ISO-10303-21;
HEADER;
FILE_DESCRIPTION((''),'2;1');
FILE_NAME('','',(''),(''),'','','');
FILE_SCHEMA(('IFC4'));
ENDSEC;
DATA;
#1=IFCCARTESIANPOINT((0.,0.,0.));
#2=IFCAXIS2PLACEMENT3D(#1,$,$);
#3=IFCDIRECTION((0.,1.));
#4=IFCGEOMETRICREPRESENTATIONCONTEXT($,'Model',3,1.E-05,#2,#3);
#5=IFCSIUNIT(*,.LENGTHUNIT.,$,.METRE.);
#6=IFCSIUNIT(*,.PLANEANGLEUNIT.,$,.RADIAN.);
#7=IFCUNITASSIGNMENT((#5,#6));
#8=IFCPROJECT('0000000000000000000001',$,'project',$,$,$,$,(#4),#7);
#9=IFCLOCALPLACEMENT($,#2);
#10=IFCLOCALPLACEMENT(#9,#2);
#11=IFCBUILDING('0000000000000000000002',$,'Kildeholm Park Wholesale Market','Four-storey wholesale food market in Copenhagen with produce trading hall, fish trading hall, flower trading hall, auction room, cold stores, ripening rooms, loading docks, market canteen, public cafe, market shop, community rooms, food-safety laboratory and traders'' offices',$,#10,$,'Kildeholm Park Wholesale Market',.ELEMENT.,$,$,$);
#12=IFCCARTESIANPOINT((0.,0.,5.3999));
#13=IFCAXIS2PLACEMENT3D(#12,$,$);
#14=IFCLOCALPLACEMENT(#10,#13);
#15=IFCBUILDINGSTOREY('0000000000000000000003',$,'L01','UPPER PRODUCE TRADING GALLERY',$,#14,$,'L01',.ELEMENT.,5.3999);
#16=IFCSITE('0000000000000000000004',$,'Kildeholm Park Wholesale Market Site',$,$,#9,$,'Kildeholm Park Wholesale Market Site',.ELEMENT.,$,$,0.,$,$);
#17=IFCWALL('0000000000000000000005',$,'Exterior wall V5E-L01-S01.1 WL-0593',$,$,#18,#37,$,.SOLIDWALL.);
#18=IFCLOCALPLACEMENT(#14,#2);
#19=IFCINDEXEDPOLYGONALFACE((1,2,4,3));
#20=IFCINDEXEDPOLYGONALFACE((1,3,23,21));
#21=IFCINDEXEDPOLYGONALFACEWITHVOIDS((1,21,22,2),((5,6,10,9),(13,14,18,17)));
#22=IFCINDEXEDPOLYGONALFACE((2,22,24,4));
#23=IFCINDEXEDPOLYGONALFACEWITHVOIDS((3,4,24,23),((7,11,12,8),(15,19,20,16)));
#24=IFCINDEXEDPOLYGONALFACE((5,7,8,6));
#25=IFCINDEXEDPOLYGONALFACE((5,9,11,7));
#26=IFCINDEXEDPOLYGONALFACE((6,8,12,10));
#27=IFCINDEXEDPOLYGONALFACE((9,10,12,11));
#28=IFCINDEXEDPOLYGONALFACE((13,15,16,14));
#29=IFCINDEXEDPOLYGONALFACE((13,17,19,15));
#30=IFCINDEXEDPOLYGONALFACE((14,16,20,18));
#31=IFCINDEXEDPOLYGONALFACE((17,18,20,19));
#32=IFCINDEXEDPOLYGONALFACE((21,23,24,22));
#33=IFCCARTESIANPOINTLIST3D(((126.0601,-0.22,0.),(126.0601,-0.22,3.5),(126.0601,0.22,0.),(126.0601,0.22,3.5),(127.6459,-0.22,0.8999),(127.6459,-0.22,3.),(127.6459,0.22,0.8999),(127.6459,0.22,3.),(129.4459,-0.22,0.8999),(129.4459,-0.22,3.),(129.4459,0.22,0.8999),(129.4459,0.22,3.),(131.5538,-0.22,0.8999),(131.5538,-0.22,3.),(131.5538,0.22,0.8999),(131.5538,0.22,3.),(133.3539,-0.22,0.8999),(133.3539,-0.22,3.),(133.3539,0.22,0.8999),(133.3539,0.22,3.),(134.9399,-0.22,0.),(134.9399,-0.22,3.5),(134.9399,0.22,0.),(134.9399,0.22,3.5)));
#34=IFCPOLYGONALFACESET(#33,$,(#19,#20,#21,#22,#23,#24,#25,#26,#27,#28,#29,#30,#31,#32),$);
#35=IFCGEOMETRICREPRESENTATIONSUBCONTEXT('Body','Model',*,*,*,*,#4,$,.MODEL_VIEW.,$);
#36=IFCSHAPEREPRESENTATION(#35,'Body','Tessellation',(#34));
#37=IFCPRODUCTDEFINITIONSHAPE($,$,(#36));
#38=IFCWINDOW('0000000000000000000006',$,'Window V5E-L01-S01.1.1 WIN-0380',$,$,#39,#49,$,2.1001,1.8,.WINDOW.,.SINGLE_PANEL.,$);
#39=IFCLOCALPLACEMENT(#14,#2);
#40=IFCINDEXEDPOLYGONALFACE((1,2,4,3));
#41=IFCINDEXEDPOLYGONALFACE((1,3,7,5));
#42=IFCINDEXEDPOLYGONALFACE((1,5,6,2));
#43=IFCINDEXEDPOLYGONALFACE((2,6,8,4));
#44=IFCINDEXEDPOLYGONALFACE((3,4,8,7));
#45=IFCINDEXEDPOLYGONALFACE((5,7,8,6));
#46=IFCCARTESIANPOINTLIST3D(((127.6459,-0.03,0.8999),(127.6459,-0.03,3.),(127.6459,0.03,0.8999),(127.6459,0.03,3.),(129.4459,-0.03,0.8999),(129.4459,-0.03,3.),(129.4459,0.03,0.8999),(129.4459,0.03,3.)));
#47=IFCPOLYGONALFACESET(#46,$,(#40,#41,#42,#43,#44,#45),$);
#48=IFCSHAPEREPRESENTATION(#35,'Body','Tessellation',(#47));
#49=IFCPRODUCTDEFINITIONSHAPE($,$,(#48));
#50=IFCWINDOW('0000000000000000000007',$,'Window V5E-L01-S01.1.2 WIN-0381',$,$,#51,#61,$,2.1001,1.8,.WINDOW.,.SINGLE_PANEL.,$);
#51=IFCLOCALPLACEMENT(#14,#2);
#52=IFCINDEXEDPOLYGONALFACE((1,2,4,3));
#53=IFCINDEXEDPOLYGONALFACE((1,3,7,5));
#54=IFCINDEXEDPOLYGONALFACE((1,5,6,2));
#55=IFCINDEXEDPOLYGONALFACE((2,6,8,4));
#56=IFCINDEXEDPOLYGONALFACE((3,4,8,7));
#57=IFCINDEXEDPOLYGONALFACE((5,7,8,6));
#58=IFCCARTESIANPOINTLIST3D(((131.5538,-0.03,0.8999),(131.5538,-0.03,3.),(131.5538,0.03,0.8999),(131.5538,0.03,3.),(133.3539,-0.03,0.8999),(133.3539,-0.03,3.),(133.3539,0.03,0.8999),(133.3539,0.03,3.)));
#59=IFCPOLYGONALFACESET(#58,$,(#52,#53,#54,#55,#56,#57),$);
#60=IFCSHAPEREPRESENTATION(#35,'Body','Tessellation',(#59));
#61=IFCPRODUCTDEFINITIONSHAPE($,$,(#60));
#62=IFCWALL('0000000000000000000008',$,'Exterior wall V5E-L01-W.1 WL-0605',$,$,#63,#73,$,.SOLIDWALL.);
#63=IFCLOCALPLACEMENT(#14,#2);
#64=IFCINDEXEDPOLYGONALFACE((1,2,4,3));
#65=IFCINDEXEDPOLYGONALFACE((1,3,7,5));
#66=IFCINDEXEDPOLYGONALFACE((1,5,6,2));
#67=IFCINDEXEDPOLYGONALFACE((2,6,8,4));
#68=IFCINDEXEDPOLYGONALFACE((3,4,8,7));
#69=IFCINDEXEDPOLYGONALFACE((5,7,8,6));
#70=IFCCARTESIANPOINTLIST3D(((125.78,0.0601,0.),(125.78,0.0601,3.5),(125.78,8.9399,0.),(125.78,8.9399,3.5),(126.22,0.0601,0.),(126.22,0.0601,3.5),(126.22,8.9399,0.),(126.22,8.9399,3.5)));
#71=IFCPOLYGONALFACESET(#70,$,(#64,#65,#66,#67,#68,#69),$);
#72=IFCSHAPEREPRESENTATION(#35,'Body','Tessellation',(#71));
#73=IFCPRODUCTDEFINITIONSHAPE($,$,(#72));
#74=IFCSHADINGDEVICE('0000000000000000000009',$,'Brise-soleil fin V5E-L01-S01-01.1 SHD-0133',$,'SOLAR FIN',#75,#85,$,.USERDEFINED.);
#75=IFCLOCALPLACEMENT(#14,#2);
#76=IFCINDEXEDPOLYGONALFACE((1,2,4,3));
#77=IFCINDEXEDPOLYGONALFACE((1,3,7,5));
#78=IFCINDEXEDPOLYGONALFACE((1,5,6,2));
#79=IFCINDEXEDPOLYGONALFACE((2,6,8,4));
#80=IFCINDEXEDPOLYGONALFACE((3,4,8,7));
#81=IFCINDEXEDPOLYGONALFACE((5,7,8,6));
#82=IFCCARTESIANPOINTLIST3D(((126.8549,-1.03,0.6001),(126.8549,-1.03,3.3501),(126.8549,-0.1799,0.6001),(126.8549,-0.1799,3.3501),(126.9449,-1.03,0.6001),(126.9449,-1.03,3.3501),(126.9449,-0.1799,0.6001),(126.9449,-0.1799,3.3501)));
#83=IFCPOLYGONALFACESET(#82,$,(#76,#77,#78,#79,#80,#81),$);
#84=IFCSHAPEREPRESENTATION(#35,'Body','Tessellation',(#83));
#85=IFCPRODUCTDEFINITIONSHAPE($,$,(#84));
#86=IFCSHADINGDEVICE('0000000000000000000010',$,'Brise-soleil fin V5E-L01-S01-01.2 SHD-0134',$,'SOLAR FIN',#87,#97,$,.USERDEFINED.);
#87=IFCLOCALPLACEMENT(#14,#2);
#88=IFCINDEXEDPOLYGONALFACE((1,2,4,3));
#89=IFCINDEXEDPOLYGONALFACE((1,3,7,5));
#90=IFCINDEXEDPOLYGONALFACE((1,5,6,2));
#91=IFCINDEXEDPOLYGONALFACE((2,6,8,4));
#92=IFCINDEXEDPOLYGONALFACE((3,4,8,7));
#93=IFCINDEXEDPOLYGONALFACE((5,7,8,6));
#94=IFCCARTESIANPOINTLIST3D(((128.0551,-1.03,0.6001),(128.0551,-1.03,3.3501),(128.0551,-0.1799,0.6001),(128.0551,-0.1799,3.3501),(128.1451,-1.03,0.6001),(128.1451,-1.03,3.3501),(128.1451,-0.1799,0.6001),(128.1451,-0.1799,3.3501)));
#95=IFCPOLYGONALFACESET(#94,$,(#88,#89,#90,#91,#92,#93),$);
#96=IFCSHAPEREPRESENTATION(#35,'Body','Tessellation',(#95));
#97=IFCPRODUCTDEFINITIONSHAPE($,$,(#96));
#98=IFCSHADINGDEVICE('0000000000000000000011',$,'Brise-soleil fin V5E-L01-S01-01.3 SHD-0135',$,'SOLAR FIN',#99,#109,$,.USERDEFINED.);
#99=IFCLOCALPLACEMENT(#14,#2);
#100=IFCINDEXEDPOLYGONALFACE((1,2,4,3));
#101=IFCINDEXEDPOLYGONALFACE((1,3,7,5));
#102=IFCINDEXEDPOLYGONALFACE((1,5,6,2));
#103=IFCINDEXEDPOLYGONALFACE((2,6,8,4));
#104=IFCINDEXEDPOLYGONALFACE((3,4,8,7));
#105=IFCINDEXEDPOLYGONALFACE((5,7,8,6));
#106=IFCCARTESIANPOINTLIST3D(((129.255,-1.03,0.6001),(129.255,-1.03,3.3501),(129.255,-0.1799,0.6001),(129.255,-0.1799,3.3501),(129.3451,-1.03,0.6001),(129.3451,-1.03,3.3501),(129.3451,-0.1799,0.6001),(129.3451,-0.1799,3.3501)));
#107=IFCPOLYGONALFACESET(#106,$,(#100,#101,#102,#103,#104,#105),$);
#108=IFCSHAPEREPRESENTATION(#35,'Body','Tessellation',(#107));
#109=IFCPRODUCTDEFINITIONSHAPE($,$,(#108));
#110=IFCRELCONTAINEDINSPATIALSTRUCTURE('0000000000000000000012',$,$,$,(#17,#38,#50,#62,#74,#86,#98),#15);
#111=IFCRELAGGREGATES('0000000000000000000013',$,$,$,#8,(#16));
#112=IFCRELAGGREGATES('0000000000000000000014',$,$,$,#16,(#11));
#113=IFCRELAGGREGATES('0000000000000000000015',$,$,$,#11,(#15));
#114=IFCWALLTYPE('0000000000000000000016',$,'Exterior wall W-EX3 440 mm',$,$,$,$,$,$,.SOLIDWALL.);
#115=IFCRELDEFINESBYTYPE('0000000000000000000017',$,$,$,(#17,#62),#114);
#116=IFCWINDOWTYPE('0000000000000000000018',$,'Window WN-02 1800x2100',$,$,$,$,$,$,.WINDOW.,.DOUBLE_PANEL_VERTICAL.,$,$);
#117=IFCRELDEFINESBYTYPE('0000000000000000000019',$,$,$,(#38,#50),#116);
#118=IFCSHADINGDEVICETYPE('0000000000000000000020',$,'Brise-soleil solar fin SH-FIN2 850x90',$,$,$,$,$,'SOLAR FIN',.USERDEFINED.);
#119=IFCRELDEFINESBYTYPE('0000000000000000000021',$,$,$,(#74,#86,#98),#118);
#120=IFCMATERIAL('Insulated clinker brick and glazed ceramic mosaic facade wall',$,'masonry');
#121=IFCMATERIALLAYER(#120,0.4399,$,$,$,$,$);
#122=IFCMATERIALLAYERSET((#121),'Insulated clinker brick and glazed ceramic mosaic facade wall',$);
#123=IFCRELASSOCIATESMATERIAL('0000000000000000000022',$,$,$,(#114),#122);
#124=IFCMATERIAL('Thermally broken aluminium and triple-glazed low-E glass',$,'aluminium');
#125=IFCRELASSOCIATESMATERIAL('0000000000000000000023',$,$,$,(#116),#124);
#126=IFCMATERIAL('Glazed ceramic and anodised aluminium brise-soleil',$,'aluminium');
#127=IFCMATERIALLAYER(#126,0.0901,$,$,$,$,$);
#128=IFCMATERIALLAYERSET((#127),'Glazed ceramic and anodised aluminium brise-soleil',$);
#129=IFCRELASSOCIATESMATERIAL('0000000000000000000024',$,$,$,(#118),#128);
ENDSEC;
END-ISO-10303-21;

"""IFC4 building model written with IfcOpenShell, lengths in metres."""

from ifc_helpers import new_model, si_unit, direction, frame, frame_2d, origin, origin_2d, place, context, subcontext, project, spatial, rectangle, extrude, material, layer, layer_set, type_object, element, fill, save


model = new_model("IFC4")

# Units and contexts
model_context = context("Model", 3, precision=1e-05, world=origin(), true_north=direction((0.0, 1.0)))
body_context = subcontext(model_context, "Body", "Model", "MODEL_VIEW")
ifc_project = project(units=[si_unit("LENGTHUNIT", "METRE"), si_unit("PLANEANGLEUNIT", "RADIAN")], contexts=[model_context])

# Site, building, storey
site_placement = place(None, origin())
site = spatial("IfcSite", under=ifc_project, at=site_placement, Name="Kildeholm Park Wholesale Market Site", LongName="Kildeholm Park Wholesale Market Site", CompositionType="ELEMENT", RefElevation=0.0)
building_placement = place(site_placement, origin())
building = spatial("IfcBuilding", under=site, at=building_placement, Name="Kildeholm Park Wholesale Market", Description="Four-storey wholesale food market in Copenhagen with produce trading hall, fish trading hall, flower trading hall, auction room, cold stores, ripening rooms, loading docks, market canteen, public cafe, market shop, community rooms, food-safety laboratory and traders' offices", LongName="Kildeholm Park Wholesale Market", CompositionType="ELEMENT")
storey_placement = place(building_placement, frame((0.0, 0.0, 5.3999)))
storey = spatial("IfcBuildingStorey", under=building, at=storey_placement, Name="L01", Description="UPPER PRODUCE TRADING GALLERY", LongName="L01", CompositionType="ELEMENT", Elevation=5.3999)

# Wall, openings, windows
ifc_material_1 = material(Name="Insulated clinker brick and glazed ceramic mosaic facade wall", Category="masonry")
ifc_layer_1 = layer(ifc_material_1, 0.4399)
ifc_layer_set_1 = layer_set([ifc_layer_1], Name="Insulated clinker brick and glazed ceramic mosaic facade wall")
wall_type = type_object("IfcWallType", Name="Exterior wall W-EX3 440 mm", PredefinedType="SOLIDWALL", material=ifc_layer_set_1)
wall_1_placement = place(storey_placement, frame((126.0601, 0.0, 0.0), z_axis=(0.0, 0.0, 1.0), x_axis=(1.0, 0.0, 0.0)))
wall_1 = element("IfcWall", 1, at=wall_1_placement, inside=storey, type_object=wall_type, Name="Exterior wall V5E-L01-S01.1 WL-0593", PredefinedType="SOLIDWALL", context=body_context, shape_type="SweptSolid", body=[
    extrude(rectangle(XDim=8.8799, YDim=0.4399, at=frame_2d((4.4399, 0.0))), origin(), (0.0, 0.0, 1.0), 3.5),
])
opening_1_placement = place(wall_1_placement, frame((1.5859, 0.0, 0.8999)))
opening_1 = element("IfcOpeningElement", 2, at=opening_1_placement, cuts=wall_1, PredefinedType="OPENING", context=body_context, shape_type="SweptSolid", body=[
    extrude(rectangle(XDim=1.8, YDim=2.1001, at=frame_2d((0.8999, 1.05))), frame((0.0, 0.23, 0.0), z_axis=(0.0, -1.0, 0.0), x_axis=(1.0, 0.0, 0.0)), (0.0, 0.0, 1.0), 0.46),
])
opening_2_placement = place(wall_1_placement, frame((5.4939, 0.0, 0.8999)))
opening_2 = element("IfcOpeningElement", 3, at=opening_2_placement, cuts=wall_1, PredefinedType="OPENING", context=body_context, shape_type="SweptSolid", body=[
    extrude(rectangle(XDim=1.8, YDim=2.1001, at=frame_2d((0.8999, 1.05))), frame((0.0, 0.23, 0.0), z_axis=(0.0, -1.0, 0.0), x_axis=(1.0, 0.0, 0.0)), (0.0, 0.0, 1.0), 0.46),
])
ifc_material_2 = material(Name="Thermally broken aluminium and triple-glazed low-E glass", Category="aluminium")
window_type = type_object("IfcWindowType", Name="Window WN-02 1800x2100", PartitioningType="DOUBLE_PANEL_VERTICAL", PredefinedType="WINDOW", material=ifc_material_2)
window_1_placement = place(opening_1_placement, origin())
window_1 = element("IfcWindow", 4, at=window_1_placement, inside=storey, type_object=window_type, Name="Window V5E-L01-S01.1.1 WIN-0380", OverallHeight=2.1001, OverallWidth=1.8, PartitioningType="SINGLE_PANEL", PredefinedType="WINDOW", context=body_context, shape_type="SweptSolid", body=[
    extrude(rectangle(XDim=1.8, YDim=2.1001, at=frame_2d((0.8999, 1.05))), frame((0.0, 0.03, 0.0), z_axis=(0.0, -1.0, 0.0), x_axis=(1.0, 0.0, 0.0)), (0.0, 0.0, 1.0), 0.0601),
])
fill(opening_1, window_1)
window_2_placement = place(opening_2_placement, origin())
window_2 = element("IfcWindow", 5, at=window_2_placement, inside=storey, type_object=window_type, Name="Window V5E-L01-S01.1.2 WIN-0381", OverallHeight=2.1001, OverallWidth=1.8, PartitioningType="SINGLE_PANEL", PredefinedType="WINDOW", context=body_context, shape_type="SweptSolid", body=[
    extrude(rectangle(XDim=1.8, YDim=2.1001, at=frame_2d((0.8999, 1.05))), frame((0.0, 0.03, 0.0), z_axis=(0.0, -1.0, 0.0), x_axis=(1.0, 0.0, 0.0)), (0.0, 0.0, 1.0), 0.0601),
])
fill(opening_2, window_2)

# Wall
wall_2_placement = place(storey_placement, frame((126.0, 0.0601, 0.0), z_axis=(0.0, 0.0, 1.0), x_axis=(0.0, 1.0, 0.0)))
element("IfcWall", 6, at=wall_2_placement, inside=storey, type_object=wall_type, Name="Exterior wall V5E-L01-W.1 WL-0605", PredefinedType="SOLIDWALL", context=body_context, shape_type="SweptSolid", body=[
    extrude(rectangle(XDim=8.8799, YDim=0.4399, at=frame_2d((4.4399, 0.0))), origin(), (0.0, 0.0, 1.0), 3.5),
])

# Shading devices
ifc_material_3 = material(Name="Glazed ceramic and anodised aluminium brise-soleil", Category="aluminium")
ifc_layer_2 = layer(ifc_material_3, 0.0901)
ifc_layer_set_2 = layer_set([ifc_layer_2], Name="Glazed ceramic and anodised aluminium brise-soleil")
shading_device_type = type_object("IfcShadingDeviceType", Name="Brise-soleil solar fin SH-FIN2 850x90", ElementType="SOLAR FIN", PredefinedType="USERDEFINED", material=ifc_layer_set_2)
for number, where, z_axis, x_axis, name in (
    (7, (126.8999, -0.605, 0.6001), (0.0, 0.0, 1.0), (0.0, -1.0, 0.0), "Brise-soleil fin V5E-L01-S01-01.1 SHD-0133"),
    (8, (128.1001, -0.605, 0.6001), (0.0, 0.0, 1.0), (0.0, -1.0, 0.0), "Brise-soleil fin V5E-L01-S01-01.2 SHD-0134"),
    (9, (129.3, -0.605, 0.6001), (0.0, 0.0, 1.0), (0.0, -1.0, 0.0), "Brise-soleil fin V5E-L01-S01-01.3 SHD-0135"),
):
    element("IfcShadingDevice", number, at=place(storey_placement, frame(where, z_axis=z_axis, x_axis=x_axis)), inside=storey, type_object=shading_device_type, Name=name, ObjectType="SOLAR FIN", PredefinedType="USERDEFINED", context=body_context, shape_type="SweptSolid", body=[
        extrude(rectangle(XDim=0.8501, YDim=0.0901, at=origin_2d()), origin(), (0.0, 0.0, 1.0), 2.75),
    ])

save(model, "model.ifc")
